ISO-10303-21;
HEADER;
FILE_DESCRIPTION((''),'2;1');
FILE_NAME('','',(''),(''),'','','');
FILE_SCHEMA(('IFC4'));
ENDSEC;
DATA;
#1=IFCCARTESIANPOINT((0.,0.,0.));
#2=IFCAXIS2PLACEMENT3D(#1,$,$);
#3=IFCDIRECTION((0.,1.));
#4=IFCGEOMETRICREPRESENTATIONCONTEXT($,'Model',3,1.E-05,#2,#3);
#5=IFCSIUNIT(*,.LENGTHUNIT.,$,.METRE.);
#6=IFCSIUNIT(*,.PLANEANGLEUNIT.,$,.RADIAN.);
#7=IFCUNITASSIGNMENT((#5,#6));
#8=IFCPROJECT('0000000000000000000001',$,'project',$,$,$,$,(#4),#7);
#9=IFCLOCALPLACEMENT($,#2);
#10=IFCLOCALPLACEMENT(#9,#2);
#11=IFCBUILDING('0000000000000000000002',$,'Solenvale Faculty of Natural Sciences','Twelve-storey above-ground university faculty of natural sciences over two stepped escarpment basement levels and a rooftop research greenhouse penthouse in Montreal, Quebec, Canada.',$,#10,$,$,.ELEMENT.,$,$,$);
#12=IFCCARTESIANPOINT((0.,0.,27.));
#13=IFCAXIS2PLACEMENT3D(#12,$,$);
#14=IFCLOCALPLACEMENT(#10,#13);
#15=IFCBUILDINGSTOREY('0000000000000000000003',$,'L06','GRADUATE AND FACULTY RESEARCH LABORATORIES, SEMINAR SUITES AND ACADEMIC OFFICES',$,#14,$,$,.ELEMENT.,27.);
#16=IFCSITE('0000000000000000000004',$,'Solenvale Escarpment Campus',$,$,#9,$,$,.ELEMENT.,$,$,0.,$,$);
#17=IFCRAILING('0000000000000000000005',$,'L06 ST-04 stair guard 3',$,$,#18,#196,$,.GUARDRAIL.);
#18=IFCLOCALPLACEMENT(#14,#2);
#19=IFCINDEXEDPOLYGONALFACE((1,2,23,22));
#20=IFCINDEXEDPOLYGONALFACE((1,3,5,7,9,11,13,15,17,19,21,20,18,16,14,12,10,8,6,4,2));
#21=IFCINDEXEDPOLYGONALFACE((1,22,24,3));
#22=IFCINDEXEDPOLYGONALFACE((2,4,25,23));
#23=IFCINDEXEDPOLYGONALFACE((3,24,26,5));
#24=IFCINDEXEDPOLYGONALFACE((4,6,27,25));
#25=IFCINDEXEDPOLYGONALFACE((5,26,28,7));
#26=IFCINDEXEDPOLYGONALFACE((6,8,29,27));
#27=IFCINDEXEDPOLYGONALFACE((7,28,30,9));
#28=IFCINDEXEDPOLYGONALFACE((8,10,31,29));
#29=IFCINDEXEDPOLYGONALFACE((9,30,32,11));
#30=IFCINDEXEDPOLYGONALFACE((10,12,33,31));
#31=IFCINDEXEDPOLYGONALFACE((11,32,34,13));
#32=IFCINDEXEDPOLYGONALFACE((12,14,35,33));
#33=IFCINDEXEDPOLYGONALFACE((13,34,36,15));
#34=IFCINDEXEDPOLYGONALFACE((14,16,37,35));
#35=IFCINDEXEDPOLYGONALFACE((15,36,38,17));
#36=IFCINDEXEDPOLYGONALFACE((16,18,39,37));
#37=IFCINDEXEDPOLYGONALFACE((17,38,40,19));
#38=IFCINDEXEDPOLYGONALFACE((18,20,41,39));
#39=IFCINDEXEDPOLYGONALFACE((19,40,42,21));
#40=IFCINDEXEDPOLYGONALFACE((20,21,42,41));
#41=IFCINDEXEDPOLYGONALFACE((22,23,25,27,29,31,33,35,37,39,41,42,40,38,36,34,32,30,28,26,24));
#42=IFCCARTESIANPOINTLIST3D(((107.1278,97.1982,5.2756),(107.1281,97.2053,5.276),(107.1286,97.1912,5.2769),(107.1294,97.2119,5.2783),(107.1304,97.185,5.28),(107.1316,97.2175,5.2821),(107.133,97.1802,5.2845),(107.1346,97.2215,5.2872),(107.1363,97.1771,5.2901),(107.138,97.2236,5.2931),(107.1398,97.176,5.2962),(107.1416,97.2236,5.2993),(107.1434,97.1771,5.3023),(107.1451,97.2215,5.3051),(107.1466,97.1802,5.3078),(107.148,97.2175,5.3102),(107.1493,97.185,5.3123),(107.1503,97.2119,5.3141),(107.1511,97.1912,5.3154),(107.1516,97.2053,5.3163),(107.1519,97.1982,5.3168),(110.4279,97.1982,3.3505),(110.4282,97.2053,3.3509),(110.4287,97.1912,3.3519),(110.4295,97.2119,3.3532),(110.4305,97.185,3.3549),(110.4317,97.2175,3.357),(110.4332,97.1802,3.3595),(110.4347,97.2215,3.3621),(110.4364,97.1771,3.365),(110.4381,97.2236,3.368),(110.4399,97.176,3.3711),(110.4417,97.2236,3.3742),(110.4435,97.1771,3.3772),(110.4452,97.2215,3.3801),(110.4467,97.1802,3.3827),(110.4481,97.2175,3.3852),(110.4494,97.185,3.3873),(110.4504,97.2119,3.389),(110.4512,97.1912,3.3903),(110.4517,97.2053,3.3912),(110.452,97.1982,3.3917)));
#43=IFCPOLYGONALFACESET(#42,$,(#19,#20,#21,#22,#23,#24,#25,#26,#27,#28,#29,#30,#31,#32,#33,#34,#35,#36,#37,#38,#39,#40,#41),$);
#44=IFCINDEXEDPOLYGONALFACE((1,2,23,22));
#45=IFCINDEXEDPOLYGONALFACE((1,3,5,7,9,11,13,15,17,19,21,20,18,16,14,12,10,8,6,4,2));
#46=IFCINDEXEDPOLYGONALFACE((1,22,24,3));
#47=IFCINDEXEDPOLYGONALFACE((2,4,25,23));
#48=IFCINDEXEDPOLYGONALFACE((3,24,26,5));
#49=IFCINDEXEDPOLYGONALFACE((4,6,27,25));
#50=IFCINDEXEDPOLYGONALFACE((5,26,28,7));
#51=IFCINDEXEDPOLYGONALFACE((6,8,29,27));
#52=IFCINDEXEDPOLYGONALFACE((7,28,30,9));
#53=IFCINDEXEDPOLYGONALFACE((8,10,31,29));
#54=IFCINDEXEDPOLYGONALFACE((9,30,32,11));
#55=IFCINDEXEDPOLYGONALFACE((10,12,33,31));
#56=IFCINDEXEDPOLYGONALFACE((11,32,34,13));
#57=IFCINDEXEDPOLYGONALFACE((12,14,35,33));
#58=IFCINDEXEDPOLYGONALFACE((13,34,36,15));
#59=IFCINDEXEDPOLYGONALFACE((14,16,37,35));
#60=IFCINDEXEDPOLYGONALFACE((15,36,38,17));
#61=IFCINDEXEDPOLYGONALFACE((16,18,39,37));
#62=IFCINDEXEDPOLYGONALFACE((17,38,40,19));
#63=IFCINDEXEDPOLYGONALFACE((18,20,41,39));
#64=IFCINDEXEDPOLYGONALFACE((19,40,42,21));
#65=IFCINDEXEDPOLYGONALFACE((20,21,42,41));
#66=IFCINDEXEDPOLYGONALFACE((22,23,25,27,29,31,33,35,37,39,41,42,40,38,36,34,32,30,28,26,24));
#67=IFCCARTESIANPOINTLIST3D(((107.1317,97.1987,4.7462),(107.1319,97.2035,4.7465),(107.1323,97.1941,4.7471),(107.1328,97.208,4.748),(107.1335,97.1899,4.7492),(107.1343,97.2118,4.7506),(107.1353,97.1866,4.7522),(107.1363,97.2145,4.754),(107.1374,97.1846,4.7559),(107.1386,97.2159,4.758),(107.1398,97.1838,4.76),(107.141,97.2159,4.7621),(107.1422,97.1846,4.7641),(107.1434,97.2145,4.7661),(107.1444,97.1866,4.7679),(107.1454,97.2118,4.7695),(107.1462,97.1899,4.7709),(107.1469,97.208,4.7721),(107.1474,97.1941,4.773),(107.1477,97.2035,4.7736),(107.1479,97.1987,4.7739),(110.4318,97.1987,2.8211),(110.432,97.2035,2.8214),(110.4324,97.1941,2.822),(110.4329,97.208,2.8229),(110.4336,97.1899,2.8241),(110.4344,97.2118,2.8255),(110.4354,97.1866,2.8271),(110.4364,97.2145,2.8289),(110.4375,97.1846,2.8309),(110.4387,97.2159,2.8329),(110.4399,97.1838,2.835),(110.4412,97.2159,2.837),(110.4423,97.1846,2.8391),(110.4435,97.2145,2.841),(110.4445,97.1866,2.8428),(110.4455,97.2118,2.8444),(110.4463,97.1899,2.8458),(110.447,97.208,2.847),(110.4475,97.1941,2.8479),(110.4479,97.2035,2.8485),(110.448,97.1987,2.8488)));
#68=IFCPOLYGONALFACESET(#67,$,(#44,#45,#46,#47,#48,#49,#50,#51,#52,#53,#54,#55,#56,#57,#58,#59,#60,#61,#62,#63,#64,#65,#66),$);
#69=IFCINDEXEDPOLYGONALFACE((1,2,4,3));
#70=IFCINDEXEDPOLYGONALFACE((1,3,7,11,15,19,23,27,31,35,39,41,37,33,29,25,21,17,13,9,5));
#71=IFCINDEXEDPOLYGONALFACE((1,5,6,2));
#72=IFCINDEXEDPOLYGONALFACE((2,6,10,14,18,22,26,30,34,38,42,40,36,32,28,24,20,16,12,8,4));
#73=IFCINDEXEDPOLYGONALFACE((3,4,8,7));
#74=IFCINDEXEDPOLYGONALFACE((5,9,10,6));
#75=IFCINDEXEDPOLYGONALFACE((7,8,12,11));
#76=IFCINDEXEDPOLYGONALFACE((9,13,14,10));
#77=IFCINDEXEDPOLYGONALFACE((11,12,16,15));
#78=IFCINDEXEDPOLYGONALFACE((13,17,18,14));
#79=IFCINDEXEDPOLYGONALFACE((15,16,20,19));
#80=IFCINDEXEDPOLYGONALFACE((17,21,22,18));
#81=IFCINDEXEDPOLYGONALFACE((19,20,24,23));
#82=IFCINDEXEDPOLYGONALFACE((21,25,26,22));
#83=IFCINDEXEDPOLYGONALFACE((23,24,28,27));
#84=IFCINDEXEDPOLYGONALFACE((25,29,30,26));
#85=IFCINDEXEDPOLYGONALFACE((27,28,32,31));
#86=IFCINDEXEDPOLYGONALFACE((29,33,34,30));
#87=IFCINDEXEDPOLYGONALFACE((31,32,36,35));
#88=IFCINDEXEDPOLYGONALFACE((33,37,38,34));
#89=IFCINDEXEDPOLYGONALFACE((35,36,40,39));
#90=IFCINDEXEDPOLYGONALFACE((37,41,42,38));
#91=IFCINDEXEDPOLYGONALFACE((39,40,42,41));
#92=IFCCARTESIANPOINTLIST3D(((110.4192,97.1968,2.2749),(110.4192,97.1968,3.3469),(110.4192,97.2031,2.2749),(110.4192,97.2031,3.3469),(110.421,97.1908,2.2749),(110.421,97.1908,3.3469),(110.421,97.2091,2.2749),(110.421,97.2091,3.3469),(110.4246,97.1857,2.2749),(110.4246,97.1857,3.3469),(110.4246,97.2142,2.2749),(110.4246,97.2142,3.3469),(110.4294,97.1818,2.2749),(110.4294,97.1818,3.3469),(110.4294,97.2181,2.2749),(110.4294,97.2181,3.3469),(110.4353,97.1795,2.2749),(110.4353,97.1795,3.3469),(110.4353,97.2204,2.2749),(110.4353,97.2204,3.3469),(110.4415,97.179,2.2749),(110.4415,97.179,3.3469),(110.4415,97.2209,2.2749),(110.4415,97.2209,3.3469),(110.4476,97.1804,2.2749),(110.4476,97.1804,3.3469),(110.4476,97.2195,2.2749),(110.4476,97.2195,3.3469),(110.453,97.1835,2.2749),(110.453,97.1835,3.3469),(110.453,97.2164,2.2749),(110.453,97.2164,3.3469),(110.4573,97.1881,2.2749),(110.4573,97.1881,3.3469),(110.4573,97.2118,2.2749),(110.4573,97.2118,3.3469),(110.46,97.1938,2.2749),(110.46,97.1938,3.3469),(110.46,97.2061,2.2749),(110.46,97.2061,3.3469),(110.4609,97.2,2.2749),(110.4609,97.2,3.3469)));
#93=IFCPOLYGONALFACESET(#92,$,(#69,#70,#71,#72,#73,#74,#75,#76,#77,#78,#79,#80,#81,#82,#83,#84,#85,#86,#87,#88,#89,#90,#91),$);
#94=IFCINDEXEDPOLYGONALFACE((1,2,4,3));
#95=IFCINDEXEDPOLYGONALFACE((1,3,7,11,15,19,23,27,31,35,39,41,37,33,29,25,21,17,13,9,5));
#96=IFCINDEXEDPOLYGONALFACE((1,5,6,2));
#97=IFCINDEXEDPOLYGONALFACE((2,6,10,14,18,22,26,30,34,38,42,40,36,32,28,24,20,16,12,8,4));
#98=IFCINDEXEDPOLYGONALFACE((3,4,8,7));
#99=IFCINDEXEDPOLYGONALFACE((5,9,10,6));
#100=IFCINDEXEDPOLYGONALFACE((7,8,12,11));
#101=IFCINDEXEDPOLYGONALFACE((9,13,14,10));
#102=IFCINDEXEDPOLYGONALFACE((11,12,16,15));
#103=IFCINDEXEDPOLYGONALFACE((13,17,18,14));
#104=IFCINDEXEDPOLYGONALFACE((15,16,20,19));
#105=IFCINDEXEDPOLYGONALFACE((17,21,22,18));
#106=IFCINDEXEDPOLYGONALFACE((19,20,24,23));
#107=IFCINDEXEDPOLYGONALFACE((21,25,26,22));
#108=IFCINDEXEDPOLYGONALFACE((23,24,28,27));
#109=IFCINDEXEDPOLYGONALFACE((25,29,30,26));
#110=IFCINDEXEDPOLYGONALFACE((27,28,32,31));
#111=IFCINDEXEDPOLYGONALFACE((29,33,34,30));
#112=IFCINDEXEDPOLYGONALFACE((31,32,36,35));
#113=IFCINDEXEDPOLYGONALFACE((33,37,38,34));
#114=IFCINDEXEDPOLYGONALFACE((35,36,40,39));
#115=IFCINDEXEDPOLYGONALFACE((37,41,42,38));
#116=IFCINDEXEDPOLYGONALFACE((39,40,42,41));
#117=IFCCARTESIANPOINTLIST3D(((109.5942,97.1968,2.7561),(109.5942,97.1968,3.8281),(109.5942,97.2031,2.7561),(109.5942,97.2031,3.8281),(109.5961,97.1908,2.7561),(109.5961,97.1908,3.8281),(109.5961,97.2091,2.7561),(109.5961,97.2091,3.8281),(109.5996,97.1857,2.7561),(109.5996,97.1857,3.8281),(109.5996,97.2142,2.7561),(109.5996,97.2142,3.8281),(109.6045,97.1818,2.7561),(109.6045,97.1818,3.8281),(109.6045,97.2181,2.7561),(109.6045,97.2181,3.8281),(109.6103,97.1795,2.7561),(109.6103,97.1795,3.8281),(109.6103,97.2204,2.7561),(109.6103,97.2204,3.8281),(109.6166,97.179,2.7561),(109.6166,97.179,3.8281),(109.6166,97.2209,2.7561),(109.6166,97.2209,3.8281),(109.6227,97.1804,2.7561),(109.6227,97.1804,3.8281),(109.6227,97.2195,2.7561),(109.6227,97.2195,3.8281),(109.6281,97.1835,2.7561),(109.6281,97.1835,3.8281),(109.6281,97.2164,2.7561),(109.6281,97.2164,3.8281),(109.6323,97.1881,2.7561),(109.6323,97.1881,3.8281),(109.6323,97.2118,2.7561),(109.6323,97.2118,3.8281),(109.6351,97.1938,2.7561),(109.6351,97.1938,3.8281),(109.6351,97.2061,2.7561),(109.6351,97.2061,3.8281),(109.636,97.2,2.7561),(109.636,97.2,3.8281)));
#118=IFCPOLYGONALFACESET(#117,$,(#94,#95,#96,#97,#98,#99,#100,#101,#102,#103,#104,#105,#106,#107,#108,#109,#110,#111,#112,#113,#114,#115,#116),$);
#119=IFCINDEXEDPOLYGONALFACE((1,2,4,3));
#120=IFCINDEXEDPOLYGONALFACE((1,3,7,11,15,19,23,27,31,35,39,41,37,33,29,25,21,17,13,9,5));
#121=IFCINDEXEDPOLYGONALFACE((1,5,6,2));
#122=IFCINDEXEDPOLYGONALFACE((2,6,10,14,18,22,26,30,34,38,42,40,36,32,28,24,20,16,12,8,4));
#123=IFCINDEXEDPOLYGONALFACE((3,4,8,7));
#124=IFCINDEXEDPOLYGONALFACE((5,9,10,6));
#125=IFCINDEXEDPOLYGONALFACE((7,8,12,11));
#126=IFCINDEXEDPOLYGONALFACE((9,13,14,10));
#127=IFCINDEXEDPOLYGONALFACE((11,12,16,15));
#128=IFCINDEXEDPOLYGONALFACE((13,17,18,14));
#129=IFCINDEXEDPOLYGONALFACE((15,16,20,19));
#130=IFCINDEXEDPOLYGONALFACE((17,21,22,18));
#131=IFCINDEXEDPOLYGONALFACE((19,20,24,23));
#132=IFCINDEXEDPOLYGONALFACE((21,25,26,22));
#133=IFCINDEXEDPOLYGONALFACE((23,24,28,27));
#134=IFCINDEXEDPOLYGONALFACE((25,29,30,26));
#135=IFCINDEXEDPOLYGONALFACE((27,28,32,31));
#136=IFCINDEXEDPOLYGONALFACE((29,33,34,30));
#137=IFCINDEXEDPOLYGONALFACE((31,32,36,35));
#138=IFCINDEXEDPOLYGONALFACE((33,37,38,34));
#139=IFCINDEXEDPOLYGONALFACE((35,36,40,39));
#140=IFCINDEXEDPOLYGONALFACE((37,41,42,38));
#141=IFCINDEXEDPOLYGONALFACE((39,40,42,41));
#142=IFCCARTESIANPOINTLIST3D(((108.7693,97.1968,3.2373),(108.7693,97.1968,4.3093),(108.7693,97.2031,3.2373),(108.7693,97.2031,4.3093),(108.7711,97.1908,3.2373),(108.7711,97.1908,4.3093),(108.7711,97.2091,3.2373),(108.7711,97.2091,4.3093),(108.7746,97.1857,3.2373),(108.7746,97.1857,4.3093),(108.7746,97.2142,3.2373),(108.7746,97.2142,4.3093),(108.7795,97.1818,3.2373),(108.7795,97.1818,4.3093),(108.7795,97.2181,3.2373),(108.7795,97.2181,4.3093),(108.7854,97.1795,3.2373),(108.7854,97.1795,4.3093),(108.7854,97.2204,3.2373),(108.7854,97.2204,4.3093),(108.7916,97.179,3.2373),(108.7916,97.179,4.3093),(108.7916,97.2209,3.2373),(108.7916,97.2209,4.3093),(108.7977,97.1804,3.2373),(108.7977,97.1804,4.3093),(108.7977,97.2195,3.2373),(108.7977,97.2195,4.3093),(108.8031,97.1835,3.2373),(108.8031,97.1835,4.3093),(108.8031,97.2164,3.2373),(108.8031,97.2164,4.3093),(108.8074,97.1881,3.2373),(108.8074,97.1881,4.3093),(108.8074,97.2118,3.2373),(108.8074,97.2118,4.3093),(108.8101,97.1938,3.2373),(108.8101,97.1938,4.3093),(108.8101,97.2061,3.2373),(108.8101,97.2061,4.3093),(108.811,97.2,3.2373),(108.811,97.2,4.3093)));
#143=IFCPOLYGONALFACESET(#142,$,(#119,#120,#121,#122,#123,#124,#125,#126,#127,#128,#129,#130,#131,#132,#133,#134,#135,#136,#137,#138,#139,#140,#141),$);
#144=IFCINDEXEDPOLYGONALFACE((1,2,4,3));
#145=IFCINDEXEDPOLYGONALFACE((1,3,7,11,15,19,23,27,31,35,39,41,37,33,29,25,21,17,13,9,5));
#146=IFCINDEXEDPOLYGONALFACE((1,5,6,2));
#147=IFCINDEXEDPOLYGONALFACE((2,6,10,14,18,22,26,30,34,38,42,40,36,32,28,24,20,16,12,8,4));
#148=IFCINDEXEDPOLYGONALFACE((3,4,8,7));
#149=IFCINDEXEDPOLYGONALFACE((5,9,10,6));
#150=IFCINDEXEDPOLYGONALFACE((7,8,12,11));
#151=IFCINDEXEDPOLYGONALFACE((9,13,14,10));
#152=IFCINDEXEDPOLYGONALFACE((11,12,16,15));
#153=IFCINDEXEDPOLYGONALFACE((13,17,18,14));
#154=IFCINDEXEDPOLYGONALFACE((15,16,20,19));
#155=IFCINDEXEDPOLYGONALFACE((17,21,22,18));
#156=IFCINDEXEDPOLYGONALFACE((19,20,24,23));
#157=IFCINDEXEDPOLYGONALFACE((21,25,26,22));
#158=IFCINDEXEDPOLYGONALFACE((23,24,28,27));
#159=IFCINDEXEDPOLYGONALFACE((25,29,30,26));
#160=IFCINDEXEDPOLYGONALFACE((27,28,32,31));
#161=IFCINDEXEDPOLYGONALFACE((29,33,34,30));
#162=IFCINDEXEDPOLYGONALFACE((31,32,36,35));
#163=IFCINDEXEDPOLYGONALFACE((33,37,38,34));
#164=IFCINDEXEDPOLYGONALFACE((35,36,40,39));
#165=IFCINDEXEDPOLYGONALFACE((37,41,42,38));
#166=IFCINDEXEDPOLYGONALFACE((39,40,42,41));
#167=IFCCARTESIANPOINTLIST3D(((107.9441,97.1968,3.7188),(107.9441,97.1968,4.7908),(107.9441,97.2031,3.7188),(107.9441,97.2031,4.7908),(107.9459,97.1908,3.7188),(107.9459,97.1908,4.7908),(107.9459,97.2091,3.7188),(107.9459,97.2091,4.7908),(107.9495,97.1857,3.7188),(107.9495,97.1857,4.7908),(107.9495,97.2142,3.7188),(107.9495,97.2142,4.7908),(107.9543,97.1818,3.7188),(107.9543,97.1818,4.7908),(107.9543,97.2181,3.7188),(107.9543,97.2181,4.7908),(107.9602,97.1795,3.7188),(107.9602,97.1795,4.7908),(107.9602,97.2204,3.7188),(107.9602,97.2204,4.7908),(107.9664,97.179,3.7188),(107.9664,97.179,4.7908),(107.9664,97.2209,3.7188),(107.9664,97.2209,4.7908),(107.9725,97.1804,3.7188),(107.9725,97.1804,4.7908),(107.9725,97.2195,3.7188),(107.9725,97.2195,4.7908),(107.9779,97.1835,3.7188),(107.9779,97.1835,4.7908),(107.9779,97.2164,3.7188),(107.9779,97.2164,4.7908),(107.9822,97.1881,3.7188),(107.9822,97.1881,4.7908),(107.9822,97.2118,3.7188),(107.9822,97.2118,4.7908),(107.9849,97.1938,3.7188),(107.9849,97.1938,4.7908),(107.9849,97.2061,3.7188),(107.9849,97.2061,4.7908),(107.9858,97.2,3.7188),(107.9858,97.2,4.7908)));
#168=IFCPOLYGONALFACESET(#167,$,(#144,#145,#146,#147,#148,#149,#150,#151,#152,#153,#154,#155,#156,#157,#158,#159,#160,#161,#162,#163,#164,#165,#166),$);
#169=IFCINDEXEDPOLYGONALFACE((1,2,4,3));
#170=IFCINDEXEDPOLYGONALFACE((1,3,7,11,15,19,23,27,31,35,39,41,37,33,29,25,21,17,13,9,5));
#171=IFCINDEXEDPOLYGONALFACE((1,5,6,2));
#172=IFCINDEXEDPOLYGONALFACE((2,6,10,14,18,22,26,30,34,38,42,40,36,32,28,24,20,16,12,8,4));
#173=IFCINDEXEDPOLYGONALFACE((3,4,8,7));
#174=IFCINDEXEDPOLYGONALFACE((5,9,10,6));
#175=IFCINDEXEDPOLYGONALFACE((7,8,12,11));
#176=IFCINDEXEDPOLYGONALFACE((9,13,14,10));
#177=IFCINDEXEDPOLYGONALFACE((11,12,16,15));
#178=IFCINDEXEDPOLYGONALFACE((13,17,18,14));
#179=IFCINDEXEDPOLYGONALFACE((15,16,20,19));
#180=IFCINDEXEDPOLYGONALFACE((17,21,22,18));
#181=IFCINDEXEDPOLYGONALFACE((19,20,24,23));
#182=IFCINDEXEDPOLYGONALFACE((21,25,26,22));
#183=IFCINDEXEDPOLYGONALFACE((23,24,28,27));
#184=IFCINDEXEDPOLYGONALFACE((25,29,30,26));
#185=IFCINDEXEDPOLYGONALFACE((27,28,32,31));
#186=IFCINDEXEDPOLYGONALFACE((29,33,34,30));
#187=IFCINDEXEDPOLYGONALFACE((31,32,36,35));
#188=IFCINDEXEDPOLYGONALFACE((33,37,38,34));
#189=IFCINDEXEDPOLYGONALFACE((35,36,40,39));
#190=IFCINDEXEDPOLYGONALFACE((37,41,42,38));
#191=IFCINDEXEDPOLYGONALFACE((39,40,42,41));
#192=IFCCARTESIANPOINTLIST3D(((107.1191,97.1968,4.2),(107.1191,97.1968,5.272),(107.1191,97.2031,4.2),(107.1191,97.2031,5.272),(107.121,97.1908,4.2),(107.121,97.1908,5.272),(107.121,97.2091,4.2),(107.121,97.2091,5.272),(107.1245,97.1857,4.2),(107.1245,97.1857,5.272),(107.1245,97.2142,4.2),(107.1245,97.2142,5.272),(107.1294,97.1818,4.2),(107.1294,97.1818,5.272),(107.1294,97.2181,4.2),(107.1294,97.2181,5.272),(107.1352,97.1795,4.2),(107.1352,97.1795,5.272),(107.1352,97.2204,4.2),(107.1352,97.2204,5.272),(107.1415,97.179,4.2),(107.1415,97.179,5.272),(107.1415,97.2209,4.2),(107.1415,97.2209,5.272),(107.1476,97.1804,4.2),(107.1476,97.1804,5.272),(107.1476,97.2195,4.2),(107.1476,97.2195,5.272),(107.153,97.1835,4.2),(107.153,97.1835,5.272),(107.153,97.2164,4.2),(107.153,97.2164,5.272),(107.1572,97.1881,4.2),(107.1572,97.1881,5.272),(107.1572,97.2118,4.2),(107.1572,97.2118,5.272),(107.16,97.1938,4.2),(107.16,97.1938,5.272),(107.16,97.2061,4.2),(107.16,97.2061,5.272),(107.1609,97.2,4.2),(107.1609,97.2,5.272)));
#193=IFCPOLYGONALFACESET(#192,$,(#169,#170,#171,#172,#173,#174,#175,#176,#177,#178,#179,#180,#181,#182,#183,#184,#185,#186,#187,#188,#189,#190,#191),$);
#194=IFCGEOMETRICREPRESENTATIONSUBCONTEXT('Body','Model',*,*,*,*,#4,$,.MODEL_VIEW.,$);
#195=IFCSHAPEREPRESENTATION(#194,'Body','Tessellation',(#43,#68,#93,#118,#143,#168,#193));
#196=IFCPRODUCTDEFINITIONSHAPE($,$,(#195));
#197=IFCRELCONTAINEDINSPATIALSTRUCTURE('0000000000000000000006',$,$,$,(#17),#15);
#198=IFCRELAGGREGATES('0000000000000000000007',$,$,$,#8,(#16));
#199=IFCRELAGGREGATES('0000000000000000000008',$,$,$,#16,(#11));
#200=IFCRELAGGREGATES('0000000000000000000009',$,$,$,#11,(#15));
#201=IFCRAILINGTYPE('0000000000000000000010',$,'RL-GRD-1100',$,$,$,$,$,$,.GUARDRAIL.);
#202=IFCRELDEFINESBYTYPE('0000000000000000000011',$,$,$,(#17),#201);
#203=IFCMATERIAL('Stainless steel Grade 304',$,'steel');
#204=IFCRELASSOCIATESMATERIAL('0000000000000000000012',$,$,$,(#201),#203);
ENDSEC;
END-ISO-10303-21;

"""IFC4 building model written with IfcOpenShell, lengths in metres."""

from ifc_helpers import new_model, si_unit, direction, frame, origin, origin_2d, place, context, subcontext, project, spatial, circle, extrude, material, type_object, element, save


model = new_model("IFC4")

# Units and contexts
model_context = context("Model", 3, precision=1e-05, world=origin(), true_north=direction((0.0, 1.0)))
body_context = subcontext(model_context, "Body", "Model", "MODEL_VIEW")
ifc_project = project(units=[si_unit("LENGTHUNIT", "METRE"), si_unit("PLANEANGLEUNIT", "RADIAN")], contexts=[model_context])

# Site, building, storey
site_placement = place(None, origin())
site = spatial("IfcSite", under=ifc_project, at=site_placement, Name="Solenvale Escarpment Campus", CompositionType="ELEMENT", RefElevation=0.0)
building_placement = place(site_placement, origin())
building = spatial("IfcBuilding", under=site, at=building_placement, Name="Solenvale Faculty of Natural Sciences", Description="Twelve-storey above-ground university faculty of natural sciences over two stepped escarpment basement levels and a rooftop research greenhouse penthouse in Montreal, Quebec, Canada.", CompositionType="ELEMENT")
storey_placement = place(building_placement, frame((0.0, 0.0, 27.0)))
storey = spatial("IfcBuildingStorey", under=building, at=storey_placement, Name="L06", Description="GRADUATE AND FACULTY RESEARCH LABORATORIES, SEMINAR SUITES AND ACADEMIC OFFICES", CompositionType="ELEMENT", Elevation=27.0)

# Shared definitions
ifc_material_1 = material(Name="Stainless steel Grade 304", Category="steel")

# Railing
railing_type_1 = type_object("IfcRailingType", Name="RL-GRD-1100", PredefinedType="GUARDRAIL", material=ifc_material_1)
railing_1_placement = place(storey_placement, frame((110.4399, 97.2, 2.2749)))
element("IfcRailing", 1, at=railing_1_placement, inside=storey, type_object=railing_type_1, Name="L06 ST-04 stair guard 3", PredefinedType="GUARDRAIL", context=body_context, shape_type="SweptSolid", body=[
    extrude(circle(Radius=0.0239, at=origin_2d()), frame((0.0, 0.0, 1.0962), z_axis=(-0.863777, 0.0, 0.503875), x_axis=(0.0, -1.0, 0.0)), (0.0, 0.0, 1.0), 3.8206),
    extrude(circle(Radius=0.0161, at=origin_2d()), frame((0.0, 0.0, 0.5601), z_axis=(-0.863777, 0.0, 0.503875), x_axis=(0.0, -1.0, 0.0)), (0.0, 0.0, 1.0), 3.8206),
    extrude(circle(Radius=0.021, at=origin_2d()), origin(), (0.0, 0.0, 1.0), 1.072),
    extrude(circle(Radius=0.021, at=origin_2d()), frame((-0.825, 0.0, 0.4812)), (0.0, 0.0, 1.0), 1.072),
    extrude(circle(Radius=0.021, at=origin_2d()), frame((-1.6499, 0.0, 0.9624)), (0.0, 0.0, 1.0), 1.072),
    extrude(circle(Radius=0.021, at=origin_2d()), frame((-2.4751, 0.0, 1.4438)), (0.0, 0.0, 1.0), 1.072),
    extrude(circle(Radius=0.021, at=origin_2d()), frame((-3.3, 0.0, 1.925)), (0.0, 0.0, 1.0), 1.072),
])

save(model, "model.ifc")
